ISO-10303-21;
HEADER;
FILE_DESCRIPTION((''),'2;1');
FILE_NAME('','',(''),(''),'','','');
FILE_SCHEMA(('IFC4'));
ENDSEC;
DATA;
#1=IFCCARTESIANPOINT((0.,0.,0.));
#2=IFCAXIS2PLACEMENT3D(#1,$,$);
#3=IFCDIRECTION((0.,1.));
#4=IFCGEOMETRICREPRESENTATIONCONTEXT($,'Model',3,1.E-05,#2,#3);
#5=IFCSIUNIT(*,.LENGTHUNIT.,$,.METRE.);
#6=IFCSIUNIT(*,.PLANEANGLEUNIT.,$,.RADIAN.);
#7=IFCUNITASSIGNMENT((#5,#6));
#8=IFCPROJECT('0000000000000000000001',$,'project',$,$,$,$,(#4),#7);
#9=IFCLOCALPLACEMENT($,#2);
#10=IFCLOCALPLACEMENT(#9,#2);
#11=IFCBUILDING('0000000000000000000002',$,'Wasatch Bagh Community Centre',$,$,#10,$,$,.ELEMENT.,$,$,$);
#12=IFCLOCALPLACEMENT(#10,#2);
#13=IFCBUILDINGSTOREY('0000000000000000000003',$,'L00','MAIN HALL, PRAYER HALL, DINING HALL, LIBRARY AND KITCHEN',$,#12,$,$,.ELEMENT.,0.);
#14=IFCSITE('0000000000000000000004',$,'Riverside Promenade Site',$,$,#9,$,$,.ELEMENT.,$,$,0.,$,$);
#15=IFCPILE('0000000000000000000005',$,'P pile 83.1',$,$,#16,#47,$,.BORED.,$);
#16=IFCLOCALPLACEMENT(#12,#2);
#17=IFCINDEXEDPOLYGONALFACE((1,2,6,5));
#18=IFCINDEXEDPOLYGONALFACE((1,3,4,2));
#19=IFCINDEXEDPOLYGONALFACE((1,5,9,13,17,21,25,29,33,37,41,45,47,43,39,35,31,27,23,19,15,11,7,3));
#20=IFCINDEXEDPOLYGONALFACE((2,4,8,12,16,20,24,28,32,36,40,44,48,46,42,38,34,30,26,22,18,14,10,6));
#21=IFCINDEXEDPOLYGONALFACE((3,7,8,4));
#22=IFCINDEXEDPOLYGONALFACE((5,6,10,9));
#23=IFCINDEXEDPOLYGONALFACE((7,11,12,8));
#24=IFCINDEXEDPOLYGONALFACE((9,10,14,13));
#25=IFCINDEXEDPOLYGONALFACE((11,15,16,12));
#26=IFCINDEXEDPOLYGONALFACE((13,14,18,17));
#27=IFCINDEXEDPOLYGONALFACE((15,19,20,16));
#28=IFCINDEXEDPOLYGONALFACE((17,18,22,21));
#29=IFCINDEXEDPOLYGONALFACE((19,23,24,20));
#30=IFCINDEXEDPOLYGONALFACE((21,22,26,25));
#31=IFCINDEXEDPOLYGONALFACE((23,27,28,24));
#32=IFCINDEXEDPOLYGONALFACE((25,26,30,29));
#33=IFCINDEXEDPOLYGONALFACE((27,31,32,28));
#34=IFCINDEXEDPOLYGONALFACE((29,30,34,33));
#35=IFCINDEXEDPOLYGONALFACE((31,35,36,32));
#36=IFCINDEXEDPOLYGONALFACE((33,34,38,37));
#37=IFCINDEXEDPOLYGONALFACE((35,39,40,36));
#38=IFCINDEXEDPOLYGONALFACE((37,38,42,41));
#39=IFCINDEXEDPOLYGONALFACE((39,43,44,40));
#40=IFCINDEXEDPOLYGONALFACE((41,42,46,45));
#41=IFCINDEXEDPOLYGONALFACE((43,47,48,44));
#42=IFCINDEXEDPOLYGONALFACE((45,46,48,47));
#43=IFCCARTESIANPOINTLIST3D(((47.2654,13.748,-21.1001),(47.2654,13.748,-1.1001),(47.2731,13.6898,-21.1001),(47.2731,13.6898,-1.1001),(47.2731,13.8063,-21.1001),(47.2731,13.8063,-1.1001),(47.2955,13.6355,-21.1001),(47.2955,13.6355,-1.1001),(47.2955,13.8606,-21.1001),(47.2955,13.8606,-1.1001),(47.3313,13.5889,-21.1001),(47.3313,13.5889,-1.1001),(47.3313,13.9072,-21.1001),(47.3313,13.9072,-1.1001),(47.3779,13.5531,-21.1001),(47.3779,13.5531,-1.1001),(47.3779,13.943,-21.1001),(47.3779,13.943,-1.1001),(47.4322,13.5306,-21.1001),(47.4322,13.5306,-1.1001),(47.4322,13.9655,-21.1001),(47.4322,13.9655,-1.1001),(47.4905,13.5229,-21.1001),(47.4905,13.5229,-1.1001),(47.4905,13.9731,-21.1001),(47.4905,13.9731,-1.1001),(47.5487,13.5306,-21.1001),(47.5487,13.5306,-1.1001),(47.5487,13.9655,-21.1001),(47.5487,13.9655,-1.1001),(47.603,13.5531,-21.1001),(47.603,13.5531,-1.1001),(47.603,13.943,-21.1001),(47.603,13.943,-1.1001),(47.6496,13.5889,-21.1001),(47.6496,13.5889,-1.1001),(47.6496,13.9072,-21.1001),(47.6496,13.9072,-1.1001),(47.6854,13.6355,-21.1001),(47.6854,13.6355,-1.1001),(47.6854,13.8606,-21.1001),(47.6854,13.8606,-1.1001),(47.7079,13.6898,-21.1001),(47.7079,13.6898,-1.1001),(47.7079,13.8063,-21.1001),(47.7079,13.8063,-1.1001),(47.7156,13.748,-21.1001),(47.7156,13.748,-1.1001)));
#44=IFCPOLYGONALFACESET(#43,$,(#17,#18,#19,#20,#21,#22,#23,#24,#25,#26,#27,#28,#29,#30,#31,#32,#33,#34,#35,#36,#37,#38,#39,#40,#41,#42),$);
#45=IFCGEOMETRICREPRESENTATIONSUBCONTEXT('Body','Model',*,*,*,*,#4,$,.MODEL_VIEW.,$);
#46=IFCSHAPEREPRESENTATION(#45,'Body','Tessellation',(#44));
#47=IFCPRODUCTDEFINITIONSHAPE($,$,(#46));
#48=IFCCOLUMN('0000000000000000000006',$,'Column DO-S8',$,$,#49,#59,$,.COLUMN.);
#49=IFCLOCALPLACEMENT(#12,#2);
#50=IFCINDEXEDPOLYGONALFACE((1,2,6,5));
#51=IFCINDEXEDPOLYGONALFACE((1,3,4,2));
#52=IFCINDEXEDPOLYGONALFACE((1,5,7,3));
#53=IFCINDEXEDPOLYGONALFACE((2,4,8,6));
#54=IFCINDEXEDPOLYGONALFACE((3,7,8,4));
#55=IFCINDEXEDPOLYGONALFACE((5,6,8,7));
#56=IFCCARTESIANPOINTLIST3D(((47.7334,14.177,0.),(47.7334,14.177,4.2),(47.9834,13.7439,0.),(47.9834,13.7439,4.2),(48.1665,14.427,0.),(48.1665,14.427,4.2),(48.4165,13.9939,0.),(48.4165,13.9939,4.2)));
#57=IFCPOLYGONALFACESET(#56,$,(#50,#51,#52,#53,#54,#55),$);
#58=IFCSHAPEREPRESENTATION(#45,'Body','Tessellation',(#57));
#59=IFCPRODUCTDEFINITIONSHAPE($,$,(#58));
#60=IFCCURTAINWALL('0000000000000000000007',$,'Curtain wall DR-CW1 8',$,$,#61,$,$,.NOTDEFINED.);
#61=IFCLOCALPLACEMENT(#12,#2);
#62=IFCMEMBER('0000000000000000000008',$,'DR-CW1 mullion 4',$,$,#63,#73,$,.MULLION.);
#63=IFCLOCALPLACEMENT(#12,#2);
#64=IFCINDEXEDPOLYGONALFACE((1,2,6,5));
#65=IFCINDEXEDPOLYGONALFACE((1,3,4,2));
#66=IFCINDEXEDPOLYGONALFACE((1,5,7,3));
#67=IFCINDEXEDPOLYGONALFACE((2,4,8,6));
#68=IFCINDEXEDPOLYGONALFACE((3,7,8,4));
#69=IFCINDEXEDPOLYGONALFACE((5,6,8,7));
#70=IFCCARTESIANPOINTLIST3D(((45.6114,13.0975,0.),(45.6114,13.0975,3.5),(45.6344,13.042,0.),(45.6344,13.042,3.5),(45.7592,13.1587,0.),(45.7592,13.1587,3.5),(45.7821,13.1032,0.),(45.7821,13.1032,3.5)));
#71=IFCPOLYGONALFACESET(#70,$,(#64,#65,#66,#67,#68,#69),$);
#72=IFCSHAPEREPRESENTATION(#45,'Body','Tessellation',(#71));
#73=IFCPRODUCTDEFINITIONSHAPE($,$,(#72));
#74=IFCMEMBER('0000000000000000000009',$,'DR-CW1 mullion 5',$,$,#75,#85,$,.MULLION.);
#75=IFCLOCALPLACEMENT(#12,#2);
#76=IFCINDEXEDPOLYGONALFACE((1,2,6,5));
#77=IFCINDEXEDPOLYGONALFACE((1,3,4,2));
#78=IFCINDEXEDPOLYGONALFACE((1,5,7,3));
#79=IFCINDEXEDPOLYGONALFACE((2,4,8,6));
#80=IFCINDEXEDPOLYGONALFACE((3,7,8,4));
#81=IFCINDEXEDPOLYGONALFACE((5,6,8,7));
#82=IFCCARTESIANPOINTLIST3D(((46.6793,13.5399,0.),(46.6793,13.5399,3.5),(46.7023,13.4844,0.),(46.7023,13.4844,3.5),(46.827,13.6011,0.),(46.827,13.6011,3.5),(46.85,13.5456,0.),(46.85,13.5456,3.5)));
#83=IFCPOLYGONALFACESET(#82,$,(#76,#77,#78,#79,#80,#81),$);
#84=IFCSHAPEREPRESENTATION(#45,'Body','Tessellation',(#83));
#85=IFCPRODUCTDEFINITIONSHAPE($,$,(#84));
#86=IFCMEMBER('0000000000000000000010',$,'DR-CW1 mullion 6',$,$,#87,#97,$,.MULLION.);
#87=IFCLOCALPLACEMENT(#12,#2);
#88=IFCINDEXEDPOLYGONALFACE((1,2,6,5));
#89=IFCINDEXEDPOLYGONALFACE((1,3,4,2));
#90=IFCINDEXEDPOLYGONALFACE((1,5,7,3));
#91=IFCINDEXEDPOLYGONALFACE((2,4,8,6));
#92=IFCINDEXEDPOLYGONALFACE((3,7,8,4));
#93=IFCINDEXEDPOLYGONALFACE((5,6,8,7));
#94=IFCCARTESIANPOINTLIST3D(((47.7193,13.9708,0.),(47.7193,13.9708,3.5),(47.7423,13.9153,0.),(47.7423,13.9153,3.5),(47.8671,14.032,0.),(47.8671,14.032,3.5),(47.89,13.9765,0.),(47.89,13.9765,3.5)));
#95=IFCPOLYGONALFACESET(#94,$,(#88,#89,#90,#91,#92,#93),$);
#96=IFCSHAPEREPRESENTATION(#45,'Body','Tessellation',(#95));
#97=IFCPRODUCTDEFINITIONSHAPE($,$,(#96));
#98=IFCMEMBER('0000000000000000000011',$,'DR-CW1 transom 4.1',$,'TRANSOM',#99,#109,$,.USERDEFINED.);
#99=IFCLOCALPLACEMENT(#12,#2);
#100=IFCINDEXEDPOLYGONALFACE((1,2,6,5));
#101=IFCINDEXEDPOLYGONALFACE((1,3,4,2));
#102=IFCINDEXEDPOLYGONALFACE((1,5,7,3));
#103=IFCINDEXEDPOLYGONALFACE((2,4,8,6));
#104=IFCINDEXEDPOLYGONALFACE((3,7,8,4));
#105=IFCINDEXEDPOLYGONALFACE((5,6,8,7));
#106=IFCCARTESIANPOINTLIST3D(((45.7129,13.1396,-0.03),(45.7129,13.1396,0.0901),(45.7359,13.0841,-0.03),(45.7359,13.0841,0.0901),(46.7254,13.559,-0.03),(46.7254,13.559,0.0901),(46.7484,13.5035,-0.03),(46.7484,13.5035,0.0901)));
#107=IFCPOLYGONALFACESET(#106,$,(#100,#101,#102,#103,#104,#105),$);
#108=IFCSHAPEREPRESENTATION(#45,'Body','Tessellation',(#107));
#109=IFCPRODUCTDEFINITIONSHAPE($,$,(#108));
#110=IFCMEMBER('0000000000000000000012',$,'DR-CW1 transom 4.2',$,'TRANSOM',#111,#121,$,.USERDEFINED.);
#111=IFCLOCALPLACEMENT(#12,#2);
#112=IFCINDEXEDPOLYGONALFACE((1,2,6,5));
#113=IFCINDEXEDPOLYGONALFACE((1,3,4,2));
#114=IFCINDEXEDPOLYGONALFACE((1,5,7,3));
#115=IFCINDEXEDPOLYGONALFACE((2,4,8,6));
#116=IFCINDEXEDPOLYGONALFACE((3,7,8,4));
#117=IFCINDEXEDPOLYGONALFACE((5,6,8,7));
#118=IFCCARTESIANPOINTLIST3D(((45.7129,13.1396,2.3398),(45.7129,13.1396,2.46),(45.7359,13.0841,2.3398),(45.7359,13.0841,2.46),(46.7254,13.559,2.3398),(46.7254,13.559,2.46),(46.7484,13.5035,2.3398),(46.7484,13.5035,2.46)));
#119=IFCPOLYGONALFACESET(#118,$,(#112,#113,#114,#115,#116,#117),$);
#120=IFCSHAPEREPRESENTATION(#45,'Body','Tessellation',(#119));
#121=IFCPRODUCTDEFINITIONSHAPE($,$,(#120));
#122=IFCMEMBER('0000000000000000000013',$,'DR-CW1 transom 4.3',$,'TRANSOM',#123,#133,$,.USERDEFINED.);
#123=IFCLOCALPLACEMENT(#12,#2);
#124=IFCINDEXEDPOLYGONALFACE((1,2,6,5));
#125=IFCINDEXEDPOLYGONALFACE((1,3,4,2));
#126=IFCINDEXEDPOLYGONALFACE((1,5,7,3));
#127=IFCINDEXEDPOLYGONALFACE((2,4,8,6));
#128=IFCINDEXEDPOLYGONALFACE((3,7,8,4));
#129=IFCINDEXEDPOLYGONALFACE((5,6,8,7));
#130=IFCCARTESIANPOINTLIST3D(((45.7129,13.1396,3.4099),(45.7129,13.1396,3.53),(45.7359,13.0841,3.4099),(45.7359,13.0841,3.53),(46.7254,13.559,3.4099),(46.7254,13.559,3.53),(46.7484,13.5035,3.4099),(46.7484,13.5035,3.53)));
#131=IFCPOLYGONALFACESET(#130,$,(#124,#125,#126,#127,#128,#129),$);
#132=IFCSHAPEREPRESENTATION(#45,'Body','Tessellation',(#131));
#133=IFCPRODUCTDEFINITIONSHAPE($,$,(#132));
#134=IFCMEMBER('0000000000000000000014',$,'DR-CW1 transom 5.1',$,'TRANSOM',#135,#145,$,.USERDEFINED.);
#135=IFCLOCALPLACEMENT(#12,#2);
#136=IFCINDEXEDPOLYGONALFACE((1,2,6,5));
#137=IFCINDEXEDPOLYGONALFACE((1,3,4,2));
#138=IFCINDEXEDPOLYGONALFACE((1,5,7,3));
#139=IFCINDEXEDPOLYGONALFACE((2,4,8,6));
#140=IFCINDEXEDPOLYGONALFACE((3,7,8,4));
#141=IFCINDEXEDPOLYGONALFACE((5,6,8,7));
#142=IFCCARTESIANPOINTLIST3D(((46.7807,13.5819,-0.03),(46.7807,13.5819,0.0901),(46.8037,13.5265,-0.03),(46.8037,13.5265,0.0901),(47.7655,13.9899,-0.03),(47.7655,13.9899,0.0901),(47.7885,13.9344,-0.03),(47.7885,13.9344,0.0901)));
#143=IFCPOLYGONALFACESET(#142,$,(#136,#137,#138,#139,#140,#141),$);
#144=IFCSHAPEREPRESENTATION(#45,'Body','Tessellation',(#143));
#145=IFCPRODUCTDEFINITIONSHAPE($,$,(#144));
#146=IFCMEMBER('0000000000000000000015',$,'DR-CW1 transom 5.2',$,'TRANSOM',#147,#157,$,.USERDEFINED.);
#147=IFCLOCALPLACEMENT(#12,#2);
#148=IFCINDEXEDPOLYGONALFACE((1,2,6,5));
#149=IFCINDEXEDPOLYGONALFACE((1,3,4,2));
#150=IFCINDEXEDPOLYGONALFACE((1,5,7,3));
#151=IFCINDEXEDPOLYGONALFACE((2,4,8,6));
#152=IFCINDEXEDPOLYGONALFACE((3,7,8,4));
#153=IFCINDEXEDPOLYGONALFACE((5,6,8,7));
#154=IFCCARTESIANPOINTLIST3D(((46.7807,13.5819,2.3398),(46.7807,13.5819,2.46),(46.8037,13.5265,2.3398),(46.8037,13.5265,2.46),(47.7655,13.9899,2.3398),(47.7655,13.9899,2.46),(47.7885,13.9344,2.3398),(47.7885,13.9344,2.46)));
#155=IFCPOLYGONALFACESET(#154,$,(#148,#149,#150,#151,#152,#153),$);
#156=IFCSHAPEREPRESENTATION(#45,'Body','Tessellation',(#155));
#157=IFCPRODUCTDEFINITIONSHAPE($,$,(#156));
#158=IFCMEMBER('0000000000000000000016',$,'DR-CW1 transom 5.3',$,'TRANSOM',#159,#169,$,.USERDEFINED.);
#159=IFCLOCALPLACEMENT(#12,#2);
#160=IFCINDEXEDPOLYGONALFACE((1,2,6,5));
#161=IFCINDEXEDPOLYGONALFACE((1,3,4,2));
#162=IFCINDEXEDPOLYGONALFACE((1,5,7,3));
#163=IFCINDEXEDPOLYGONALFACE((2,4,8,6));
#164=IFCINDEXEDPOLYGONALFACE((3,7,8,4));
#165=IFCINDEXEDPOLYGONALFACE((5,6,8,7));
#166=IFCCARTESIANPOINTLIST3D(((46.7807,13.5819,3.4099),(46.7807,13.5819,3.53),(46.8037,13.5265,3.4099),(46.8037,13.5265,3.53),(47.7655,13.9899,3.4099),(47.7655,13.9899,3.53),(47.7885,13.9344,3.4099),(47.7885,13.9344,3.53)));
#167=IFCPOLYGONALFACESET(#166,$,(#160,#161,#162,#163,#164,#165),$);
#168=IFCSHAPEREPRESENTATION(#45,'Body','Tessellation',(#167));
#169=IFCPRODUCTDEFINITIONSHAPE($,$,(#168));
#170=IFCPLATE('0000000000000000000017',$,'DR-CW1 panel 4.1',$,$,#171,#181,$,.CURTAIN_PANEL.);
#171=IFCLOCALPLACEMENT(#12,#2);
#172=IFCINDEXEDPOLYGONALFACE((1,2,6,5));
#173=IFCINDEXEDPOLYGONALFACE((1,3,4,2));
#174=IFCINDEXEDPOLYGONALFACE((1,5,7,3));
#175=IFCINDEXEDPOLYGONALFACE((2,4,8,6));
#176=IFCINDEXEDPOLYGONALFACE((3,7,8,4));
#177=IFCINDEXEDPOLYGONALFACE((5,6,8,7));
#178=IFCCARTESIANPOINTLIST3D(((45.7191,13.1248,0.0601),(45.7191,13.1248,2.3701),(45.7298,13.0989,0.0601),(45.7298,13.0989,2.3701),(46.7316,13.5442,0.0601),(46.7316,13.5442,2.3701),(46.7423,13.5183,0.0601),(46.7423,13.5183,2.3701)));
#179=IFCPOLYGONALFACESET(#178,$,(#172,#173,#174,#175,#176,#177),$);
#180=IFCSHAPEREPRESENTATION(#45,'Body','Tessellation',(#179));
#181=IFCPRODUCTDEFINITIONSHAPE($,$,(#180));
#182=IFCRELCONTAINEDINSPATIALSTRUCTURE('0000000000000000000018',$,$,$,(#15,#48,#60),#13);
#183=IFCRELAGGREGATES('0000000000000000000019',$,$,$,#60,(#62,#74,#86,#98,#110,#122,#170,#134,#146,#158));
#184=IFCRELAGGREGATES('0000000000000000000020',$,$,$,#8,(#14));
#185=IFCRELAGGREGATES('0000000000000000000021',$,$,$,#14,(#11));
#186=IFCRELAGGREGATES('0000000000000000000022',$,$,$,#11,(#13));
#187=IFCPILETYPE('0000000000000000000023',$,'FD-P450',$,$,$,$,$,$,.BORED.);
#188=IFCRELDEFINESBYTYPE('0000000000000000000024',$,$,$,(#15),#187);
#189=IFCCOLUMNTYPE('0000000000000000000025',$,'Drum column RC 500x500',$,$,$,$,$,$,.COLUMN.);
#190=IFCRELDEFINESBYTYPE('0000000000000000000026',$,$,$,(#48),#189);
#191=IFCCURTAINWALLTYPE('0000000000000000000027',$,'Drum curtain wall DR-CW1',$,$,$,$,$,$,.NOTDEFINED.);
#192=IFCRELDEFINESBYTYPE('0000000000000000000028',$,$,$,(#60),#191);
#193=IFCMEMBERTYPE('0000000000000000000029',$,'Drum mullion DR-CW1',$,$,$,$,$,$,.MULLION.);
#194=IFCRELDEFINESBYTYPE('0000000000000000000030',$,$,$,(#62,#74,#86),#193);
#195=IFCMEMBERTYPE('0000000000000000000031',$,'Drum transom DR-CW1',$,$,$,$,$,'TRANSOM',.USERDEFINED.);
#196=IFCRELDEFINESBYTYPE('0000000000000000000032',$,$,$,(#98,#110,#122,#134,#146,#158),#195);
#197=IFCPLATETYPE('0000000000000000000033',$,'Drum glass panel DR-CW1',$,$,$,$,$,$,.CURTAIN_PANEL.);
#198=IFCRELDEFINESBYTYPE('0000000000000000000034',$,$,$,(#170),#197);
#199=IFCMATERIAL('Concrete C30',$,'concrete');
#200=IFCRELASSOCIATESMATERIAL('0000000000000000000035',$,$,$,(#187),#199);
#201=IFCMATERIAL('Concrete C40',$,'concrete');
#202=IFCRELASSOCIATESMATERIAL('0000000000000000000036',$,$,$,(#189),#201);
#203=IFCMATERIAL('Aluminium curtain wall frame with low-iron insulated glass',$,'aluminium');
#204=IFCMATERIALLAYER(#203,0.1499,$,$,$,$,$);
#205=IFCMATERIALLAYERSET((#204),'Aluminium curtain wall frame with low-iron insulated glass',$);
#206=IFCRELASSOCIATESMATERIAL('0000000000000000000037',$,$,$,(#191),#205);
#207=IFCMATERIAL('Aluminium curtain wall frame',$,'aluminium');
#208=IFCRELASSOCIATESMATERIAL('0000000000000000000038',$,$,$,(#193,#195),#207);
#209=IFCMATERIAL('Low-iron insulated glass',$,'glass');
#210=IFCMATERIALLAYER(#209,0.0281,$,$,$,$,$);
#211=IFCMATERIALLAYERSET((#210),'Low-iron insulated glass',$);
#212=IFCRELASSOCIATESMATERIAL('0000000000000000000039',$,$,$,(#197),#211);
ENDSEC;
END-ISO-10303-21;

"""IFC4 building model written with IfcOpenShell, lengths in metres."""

from ifc_helpers import new_model, si_unit, direction, frame, origin, origin_2d, place, context, subcontext, project, spatial, rectangle, circle, extrude, material, layer, layer_set, material_profile, profile_set, type_object, element, aggregate, save


model = new_model("IFC4")

# Units and contexts
model_context = context("Model", 3, precision=1e-05, world=origin(), true_north=direction((0.0, 1.0)))
body_context = subcontext(model_context, "Body", "Model", "MODEL_VIEW")
ifc_project = project(units=[si_unit("LENGTHUNIT", "METRE"), si_unit("PLANEANGLEUNIT", "RADIAN")], contexts=[model_context])

# Site, building, storey
site_placement = place(None, origin())
site = spatial("IfcSite", under=ifc_project, at=site_placement, Name="Riverside Promenade Site", CompositionType="ELEMENT", RefElevation=0.0)
building_placement = place(site_placement, origin())
building = spatial("IfcBuilding", under=site, at=building_placement, Name="Wasatch Bagh Community Centre", CompositionType="ELEMENT")
storey_placement = place(building_placement, origin())
storey = spatial("IfcBuildingStorey", under=building, at=storey_placement, Name="L00", Description="MAIN HALL, PRAYER HALL, DINING HALL, LIBRARY AND KITCHEN", CompositionType="ELEMENT", Elevation=0.0)

# Pile
ifc_material_1 = material(Name="Concrete C30", Category="concrete")
ifc_material_profile_1 = material_profile(ifc_material_1, circle(Radius=0.2251, at=origin_2d()), Name="RC D450")
ifc_profile_set_1 = profile_set([ifc_material_profile_1], Name="Concrete C30")
pile_type = type_object("IfcPileType", Name="FD-P450", PredefinedType="BORED", material=ifc_profile_set_1)
pile_placement = place(storey_placement, frame((47.4905, 13.748, -1.1001), z_axis=(0.0, 0.0, -1.0), x_axis=(1.0, 0.0, 0.0)))
element("IfcPile", 1, at=pile_placement, inside=storey, type_object=pile_type, Name="P pile 83.1", PredefinedType="BORED", context=body_context, shape_type="SweptSolid", body=[
    extrude(circle(Radius=0.2251, at=origin_2d()), origin(), (0.0, 0.0, 1.0), 20.0),
])

# Column
ifc_material_2 = material(Name="Concrete C40", Category="concrete")
ifc_material_profile_2 = material_profile(ifc_material_2, rectangle(XDim=0.5, YDim=0.5, at=origin_2d()), Name="RC 500x500")
ifc_profile_set_2 = profile_set([ifc_material_profile_2], Name="Concrete C40")
column_type = type_object("IfcColumnType", Name="Drum column RC 500x500", PredefinedType="COLUMN", material=ifc_profile_set_2)
column_placement = place(storey_placement, frame((48.075, 14.0854, 0.0), z_axis=(0.0, 0.0, 1.0), x_axis=(0.866025, 0.5, 0.0)))
element("IfcColumn", 2, at=column_placement, inside=storey, type_object=column_type, Name="Column DO-S8", PredefinedType="COLUMN", context=body_context, shape_type="SweptSolid", body=[
    extrude(rectangle(XDim=0.5, YDim=0.5, at=origin_2d()), origin(), (0.0, 0.0, 1.0), 4.2),
])

# Curtain wall, members, plate
ifc_material_3 = material(Name="Aluminium curtain wall frame with low-iron insulated glass", Category="aluminium")
ifc_layer_1 = layer(ifc_material_3, 0.1499)
ifc_layer_set_1 = layer_set([ifc_layer_1], Name="Aluminium curtain wall frame with low-iron insulated glass")
curtain_wall_type = type_object("IfcCurtainWallType", Name="Drum curtain wall DR-CW1", PredefinedType="NOTDEFINED", material=ifc_layer_set_1)
curtain_wall_placement = place(storey_placement, origin())
curtain_wall = element("IfcCurtainWall", 3, at=curtain_wall_placement, inside=storey, type_object=curtain_wall_type, Name="Curtain wall DR-CW1 8", PredefinedType="NOTDEFINED")
ifc_material_4 = material(Name="Aluminium curtain wall frame", Category="aluminium")
ifc_material_profile_3 = material_profile(ifc_material_4, rectangle(XDim=0.0601, YDim=0.1599, at=origin_2d()), Name="Drum mullion DR-CW1")
ifc_profile_set_3 = profile_set([ifc_material_profile_3], Name="Aluminium curtain wall frame")
member_type_1 = type_object("IfcMemberType", Name="Drum mullion DR-CW1", PredefinedType="MULLION", material=ifc_profile_set_3)
member_1_placement = place(storey_placement, frame((45.6968, 13.1003, 0.0), z_axis=(0.0, 0.0, 1.0), x_axis=(-0.382683, 0.92388, 0.0)))
member_1 = element("IfcMember", 4, at=member_1_placement, type_object=member_type_1, Name="DR-CW1 mullion 4", PredefinedType="MULLION", context=body_context, shape_type="SweptSolid", body=[
    extrude(rectangle(XDim=0.0601, YDim=0.1599, at=origin_2d()), origin(), (0.0, 0.0, 1.0), 3.5),
])
member_2_placement = place(storey_placement, frame((46.7646, 13.5427, 0.0), z_axis=(0.0, 0.0, 1.0), x_axis=(-0.382683, 0.92388, 0.0)))
member_2 = element("IfcMember", 5, at=member_2_placement, type_object=member_type_1, Name="DR-CW1 mullion 5", PredefinedType="MULLION", context=body_context, shape_type="SweptSolid", body=[
    extrude(rectangle(XDim=0.0601, YDim=0.1599, at=origin_2d()), origin(), (0.0, 0.0, 1.0), 3.5),
])
member_3_placement = place(storey_placement, frame((47.8047, 13.9736, 0.0), z_axis=(0.0, 0.0, 1.0), x_axis=(-0.382683, 0.92388, 0.0)))
member_3 = element("IfcMember", 6, at=member_3_placement, type_object=member_type_1, Name="DR-CW1 mullion 6", PredefinedType="MULLION", context=body_context, shape_type="SweptSolid", body=[
    extrude(rectangle(XDim=0.0601, YDim=0.1599, at=origin_2d()), origin(), (0.0, 0.0, 1.0), 3.5),
])
ifc_material_profile_4 = material_profile(ifc_material_4, rectangle(XDim=0.0601, YDim=0.1201, at=origin_2d()), Name="Drum transom DR-CW1")
ifc_profile_set_4 = profile_set([ifc_material_profile_4], Name="Aluminium curtain wall frame")
member_type_2 = type_object("IfcMemberType", Name="Drum transom DR-CW1", ElementType="TRANSOM", PredefinedType="USERDEFINED", material=ifc_profile_set_4)
member_4_placement = place(storey_placement, frame((45.7244, 13.1118, 0.03), z_axis=(0.923859, 0.382732, 0.0), x_axis=(-0.382732, 0.923859, 0.0)))
member_4 = element("IfcMember", 7, at=member_4_placement, type_object=member_type_2, Name="DR-CW1 transom 4.1", ObjectType="TRANSOM", PredefinedType="USERDEFINED", context=body_context, shape_type="SweptSolid", body=[
    extrude(rectangle(XDim=0.0601, YDim=0.1201, at=origin_2d()), origin(), (0.0, 0.0, 1.0), 1.0959),
])
member_5_placement = place(storey_placement, frame((45.7244, 13.1118, 2.3999), z_axis=(0.923859, 0.382732, 0.0), x_axis=(-0.382732, 0.923859, 0.0)))
member_5 = element("IfcMember", 8, at=member_5_placement, type_object=member_type_2, Name="DR-CW1 transom 4.2", ObjectType="TRANSOM", PredefinedType="USERDEFINED", context=body_context, shape_type="SweptSolid", body=[
    extrude(rectangle(XDim=0.0601, YDim=0.1201, at=origin_2d()), origin(), (0.0, 0.0, 1.0), 1.0959),
])
member_6_placement = place(storey_placement, frame((45.7244, 13.1118, 3.47), z_axis=(0.923859, 0.382732, 0.0), x_axis=(-0.382732, 0.923859, 0.0)))
member_6 = element("IfcMember", 9, at=member_6_placement, type_object=member_type_2, Name="DR-CW1 transom 4.3", ObjectType="TRANSOM", PredefinedType="USERDEFINED", context=body_context, shape_type="SweptSolid", body=[
    extrude(rectangle(XDim=0.0601, YDim=0.1201, at=origin_2d()), origin(), (0.0, 0.0, 1.0), 1.0959),
])
member_7_placement = place(storey_placement, frame((46.7922, 13.5542, 0.03), z_axis=(0.923874, 0.382696, 0.0), x_axis=(-0.382696, 0.923874, 0.0)))
member_7 = element("IfcMember", 10, at=member_7_placement, type_object=member_type_2, Name="DR-CW1 transom 5.1", ObjectType="TRANSOM", PredefinedType="USERDEFINED", context=body_context, shape_type="SweptSolid", body=[
    extrude(rectangle(XDim=0.0601, YDim=0.1201, at=origin_2d()), origin(), (0.0, 0.0, 1.0), 1.0659),
])
member_8_placement = place(storey_placement, frame((46.7922, 13.5542, 2.3999), z_axis=(0.923874, 0.382696, 0.0), x_axis=(-0.382696, 0.923874, 0.0)))
member_8 = element("IfcMember", 11, at=member_8_placement, type_object=member_type_2, Name="DR-CW1 transom 5.2", ObjectType="TRANSOM", PredefinedType="USERDEFINED", context=body_context, shape_type="SweptSolid", body=[
    extrude(rectangle(XDim=0.0601, YDim=0.1201, at=origin_2d()), origin(), (0.0, 0.0, 1.0), 1.0659),
])
member_9_placement = place(storey_placement, frame((46.7922, 13.5542, 3.47), z_axis=(0.923874, 0.382696, 0.0), x_axis=(-0.382696, 0.923874, 0.0)))
member_9 = element("IfcMember", 12, at=member_9_placement, type_object=member_type_2, Name="DR-CW1 transom 5.3", ObjectType="TRANSOM", PredefinedType="USERDEFINED", context=body_context, shape_type="SweptSolid", body=[
    extrude(rectangle(XDim=0.0601, YDim=0.1201, at=origin_2d()), origin(), (0.0, 0.0, 1.0), 1.0659),
])
ifc_material_5 = material(Name="Low-iron insulated glass", Category="glass")
ifc_layer_2 = layer(ifc_material_5, 0.0281)
ifc_layer_set_2 = layer_set([ifc_layer_2], Name="Low-iron insulated glass")
plate_type = type_object("IfcPlateType", Name="Drum glass panel DR-CW1", PredefinedType="CURTAIN_PANEL", material=ifc_layer_set_2)
plate_1_placement = place(storey_placement, frame((46.2307, 13.3215, 0.0601), z_axis=(0.0, 0.0, 1.0), x_axis=(0.92388, 0.382683, 0.0)))
plate_1 = element("IfcPlate", 13, at=plate_1_placement, type_object=plate_type, Name="DR-CW1 panel 4.1", PredefinedType="CURTAIN_PANEL", context=body_context, shape_type="SweptSolid", body=[
    extrude(rectangle(XDim=1.0959, YDim=0.0281, at=origin_2d()), origin(), (0.0, 0.0, 1.0), 2.3101),
])
aggregate(curtain_wall, [member_1, member_2, member_3, member_4, member_5, member_6, plate_1, member_7, member_8, member_9])

save(model, "model.ifc")
